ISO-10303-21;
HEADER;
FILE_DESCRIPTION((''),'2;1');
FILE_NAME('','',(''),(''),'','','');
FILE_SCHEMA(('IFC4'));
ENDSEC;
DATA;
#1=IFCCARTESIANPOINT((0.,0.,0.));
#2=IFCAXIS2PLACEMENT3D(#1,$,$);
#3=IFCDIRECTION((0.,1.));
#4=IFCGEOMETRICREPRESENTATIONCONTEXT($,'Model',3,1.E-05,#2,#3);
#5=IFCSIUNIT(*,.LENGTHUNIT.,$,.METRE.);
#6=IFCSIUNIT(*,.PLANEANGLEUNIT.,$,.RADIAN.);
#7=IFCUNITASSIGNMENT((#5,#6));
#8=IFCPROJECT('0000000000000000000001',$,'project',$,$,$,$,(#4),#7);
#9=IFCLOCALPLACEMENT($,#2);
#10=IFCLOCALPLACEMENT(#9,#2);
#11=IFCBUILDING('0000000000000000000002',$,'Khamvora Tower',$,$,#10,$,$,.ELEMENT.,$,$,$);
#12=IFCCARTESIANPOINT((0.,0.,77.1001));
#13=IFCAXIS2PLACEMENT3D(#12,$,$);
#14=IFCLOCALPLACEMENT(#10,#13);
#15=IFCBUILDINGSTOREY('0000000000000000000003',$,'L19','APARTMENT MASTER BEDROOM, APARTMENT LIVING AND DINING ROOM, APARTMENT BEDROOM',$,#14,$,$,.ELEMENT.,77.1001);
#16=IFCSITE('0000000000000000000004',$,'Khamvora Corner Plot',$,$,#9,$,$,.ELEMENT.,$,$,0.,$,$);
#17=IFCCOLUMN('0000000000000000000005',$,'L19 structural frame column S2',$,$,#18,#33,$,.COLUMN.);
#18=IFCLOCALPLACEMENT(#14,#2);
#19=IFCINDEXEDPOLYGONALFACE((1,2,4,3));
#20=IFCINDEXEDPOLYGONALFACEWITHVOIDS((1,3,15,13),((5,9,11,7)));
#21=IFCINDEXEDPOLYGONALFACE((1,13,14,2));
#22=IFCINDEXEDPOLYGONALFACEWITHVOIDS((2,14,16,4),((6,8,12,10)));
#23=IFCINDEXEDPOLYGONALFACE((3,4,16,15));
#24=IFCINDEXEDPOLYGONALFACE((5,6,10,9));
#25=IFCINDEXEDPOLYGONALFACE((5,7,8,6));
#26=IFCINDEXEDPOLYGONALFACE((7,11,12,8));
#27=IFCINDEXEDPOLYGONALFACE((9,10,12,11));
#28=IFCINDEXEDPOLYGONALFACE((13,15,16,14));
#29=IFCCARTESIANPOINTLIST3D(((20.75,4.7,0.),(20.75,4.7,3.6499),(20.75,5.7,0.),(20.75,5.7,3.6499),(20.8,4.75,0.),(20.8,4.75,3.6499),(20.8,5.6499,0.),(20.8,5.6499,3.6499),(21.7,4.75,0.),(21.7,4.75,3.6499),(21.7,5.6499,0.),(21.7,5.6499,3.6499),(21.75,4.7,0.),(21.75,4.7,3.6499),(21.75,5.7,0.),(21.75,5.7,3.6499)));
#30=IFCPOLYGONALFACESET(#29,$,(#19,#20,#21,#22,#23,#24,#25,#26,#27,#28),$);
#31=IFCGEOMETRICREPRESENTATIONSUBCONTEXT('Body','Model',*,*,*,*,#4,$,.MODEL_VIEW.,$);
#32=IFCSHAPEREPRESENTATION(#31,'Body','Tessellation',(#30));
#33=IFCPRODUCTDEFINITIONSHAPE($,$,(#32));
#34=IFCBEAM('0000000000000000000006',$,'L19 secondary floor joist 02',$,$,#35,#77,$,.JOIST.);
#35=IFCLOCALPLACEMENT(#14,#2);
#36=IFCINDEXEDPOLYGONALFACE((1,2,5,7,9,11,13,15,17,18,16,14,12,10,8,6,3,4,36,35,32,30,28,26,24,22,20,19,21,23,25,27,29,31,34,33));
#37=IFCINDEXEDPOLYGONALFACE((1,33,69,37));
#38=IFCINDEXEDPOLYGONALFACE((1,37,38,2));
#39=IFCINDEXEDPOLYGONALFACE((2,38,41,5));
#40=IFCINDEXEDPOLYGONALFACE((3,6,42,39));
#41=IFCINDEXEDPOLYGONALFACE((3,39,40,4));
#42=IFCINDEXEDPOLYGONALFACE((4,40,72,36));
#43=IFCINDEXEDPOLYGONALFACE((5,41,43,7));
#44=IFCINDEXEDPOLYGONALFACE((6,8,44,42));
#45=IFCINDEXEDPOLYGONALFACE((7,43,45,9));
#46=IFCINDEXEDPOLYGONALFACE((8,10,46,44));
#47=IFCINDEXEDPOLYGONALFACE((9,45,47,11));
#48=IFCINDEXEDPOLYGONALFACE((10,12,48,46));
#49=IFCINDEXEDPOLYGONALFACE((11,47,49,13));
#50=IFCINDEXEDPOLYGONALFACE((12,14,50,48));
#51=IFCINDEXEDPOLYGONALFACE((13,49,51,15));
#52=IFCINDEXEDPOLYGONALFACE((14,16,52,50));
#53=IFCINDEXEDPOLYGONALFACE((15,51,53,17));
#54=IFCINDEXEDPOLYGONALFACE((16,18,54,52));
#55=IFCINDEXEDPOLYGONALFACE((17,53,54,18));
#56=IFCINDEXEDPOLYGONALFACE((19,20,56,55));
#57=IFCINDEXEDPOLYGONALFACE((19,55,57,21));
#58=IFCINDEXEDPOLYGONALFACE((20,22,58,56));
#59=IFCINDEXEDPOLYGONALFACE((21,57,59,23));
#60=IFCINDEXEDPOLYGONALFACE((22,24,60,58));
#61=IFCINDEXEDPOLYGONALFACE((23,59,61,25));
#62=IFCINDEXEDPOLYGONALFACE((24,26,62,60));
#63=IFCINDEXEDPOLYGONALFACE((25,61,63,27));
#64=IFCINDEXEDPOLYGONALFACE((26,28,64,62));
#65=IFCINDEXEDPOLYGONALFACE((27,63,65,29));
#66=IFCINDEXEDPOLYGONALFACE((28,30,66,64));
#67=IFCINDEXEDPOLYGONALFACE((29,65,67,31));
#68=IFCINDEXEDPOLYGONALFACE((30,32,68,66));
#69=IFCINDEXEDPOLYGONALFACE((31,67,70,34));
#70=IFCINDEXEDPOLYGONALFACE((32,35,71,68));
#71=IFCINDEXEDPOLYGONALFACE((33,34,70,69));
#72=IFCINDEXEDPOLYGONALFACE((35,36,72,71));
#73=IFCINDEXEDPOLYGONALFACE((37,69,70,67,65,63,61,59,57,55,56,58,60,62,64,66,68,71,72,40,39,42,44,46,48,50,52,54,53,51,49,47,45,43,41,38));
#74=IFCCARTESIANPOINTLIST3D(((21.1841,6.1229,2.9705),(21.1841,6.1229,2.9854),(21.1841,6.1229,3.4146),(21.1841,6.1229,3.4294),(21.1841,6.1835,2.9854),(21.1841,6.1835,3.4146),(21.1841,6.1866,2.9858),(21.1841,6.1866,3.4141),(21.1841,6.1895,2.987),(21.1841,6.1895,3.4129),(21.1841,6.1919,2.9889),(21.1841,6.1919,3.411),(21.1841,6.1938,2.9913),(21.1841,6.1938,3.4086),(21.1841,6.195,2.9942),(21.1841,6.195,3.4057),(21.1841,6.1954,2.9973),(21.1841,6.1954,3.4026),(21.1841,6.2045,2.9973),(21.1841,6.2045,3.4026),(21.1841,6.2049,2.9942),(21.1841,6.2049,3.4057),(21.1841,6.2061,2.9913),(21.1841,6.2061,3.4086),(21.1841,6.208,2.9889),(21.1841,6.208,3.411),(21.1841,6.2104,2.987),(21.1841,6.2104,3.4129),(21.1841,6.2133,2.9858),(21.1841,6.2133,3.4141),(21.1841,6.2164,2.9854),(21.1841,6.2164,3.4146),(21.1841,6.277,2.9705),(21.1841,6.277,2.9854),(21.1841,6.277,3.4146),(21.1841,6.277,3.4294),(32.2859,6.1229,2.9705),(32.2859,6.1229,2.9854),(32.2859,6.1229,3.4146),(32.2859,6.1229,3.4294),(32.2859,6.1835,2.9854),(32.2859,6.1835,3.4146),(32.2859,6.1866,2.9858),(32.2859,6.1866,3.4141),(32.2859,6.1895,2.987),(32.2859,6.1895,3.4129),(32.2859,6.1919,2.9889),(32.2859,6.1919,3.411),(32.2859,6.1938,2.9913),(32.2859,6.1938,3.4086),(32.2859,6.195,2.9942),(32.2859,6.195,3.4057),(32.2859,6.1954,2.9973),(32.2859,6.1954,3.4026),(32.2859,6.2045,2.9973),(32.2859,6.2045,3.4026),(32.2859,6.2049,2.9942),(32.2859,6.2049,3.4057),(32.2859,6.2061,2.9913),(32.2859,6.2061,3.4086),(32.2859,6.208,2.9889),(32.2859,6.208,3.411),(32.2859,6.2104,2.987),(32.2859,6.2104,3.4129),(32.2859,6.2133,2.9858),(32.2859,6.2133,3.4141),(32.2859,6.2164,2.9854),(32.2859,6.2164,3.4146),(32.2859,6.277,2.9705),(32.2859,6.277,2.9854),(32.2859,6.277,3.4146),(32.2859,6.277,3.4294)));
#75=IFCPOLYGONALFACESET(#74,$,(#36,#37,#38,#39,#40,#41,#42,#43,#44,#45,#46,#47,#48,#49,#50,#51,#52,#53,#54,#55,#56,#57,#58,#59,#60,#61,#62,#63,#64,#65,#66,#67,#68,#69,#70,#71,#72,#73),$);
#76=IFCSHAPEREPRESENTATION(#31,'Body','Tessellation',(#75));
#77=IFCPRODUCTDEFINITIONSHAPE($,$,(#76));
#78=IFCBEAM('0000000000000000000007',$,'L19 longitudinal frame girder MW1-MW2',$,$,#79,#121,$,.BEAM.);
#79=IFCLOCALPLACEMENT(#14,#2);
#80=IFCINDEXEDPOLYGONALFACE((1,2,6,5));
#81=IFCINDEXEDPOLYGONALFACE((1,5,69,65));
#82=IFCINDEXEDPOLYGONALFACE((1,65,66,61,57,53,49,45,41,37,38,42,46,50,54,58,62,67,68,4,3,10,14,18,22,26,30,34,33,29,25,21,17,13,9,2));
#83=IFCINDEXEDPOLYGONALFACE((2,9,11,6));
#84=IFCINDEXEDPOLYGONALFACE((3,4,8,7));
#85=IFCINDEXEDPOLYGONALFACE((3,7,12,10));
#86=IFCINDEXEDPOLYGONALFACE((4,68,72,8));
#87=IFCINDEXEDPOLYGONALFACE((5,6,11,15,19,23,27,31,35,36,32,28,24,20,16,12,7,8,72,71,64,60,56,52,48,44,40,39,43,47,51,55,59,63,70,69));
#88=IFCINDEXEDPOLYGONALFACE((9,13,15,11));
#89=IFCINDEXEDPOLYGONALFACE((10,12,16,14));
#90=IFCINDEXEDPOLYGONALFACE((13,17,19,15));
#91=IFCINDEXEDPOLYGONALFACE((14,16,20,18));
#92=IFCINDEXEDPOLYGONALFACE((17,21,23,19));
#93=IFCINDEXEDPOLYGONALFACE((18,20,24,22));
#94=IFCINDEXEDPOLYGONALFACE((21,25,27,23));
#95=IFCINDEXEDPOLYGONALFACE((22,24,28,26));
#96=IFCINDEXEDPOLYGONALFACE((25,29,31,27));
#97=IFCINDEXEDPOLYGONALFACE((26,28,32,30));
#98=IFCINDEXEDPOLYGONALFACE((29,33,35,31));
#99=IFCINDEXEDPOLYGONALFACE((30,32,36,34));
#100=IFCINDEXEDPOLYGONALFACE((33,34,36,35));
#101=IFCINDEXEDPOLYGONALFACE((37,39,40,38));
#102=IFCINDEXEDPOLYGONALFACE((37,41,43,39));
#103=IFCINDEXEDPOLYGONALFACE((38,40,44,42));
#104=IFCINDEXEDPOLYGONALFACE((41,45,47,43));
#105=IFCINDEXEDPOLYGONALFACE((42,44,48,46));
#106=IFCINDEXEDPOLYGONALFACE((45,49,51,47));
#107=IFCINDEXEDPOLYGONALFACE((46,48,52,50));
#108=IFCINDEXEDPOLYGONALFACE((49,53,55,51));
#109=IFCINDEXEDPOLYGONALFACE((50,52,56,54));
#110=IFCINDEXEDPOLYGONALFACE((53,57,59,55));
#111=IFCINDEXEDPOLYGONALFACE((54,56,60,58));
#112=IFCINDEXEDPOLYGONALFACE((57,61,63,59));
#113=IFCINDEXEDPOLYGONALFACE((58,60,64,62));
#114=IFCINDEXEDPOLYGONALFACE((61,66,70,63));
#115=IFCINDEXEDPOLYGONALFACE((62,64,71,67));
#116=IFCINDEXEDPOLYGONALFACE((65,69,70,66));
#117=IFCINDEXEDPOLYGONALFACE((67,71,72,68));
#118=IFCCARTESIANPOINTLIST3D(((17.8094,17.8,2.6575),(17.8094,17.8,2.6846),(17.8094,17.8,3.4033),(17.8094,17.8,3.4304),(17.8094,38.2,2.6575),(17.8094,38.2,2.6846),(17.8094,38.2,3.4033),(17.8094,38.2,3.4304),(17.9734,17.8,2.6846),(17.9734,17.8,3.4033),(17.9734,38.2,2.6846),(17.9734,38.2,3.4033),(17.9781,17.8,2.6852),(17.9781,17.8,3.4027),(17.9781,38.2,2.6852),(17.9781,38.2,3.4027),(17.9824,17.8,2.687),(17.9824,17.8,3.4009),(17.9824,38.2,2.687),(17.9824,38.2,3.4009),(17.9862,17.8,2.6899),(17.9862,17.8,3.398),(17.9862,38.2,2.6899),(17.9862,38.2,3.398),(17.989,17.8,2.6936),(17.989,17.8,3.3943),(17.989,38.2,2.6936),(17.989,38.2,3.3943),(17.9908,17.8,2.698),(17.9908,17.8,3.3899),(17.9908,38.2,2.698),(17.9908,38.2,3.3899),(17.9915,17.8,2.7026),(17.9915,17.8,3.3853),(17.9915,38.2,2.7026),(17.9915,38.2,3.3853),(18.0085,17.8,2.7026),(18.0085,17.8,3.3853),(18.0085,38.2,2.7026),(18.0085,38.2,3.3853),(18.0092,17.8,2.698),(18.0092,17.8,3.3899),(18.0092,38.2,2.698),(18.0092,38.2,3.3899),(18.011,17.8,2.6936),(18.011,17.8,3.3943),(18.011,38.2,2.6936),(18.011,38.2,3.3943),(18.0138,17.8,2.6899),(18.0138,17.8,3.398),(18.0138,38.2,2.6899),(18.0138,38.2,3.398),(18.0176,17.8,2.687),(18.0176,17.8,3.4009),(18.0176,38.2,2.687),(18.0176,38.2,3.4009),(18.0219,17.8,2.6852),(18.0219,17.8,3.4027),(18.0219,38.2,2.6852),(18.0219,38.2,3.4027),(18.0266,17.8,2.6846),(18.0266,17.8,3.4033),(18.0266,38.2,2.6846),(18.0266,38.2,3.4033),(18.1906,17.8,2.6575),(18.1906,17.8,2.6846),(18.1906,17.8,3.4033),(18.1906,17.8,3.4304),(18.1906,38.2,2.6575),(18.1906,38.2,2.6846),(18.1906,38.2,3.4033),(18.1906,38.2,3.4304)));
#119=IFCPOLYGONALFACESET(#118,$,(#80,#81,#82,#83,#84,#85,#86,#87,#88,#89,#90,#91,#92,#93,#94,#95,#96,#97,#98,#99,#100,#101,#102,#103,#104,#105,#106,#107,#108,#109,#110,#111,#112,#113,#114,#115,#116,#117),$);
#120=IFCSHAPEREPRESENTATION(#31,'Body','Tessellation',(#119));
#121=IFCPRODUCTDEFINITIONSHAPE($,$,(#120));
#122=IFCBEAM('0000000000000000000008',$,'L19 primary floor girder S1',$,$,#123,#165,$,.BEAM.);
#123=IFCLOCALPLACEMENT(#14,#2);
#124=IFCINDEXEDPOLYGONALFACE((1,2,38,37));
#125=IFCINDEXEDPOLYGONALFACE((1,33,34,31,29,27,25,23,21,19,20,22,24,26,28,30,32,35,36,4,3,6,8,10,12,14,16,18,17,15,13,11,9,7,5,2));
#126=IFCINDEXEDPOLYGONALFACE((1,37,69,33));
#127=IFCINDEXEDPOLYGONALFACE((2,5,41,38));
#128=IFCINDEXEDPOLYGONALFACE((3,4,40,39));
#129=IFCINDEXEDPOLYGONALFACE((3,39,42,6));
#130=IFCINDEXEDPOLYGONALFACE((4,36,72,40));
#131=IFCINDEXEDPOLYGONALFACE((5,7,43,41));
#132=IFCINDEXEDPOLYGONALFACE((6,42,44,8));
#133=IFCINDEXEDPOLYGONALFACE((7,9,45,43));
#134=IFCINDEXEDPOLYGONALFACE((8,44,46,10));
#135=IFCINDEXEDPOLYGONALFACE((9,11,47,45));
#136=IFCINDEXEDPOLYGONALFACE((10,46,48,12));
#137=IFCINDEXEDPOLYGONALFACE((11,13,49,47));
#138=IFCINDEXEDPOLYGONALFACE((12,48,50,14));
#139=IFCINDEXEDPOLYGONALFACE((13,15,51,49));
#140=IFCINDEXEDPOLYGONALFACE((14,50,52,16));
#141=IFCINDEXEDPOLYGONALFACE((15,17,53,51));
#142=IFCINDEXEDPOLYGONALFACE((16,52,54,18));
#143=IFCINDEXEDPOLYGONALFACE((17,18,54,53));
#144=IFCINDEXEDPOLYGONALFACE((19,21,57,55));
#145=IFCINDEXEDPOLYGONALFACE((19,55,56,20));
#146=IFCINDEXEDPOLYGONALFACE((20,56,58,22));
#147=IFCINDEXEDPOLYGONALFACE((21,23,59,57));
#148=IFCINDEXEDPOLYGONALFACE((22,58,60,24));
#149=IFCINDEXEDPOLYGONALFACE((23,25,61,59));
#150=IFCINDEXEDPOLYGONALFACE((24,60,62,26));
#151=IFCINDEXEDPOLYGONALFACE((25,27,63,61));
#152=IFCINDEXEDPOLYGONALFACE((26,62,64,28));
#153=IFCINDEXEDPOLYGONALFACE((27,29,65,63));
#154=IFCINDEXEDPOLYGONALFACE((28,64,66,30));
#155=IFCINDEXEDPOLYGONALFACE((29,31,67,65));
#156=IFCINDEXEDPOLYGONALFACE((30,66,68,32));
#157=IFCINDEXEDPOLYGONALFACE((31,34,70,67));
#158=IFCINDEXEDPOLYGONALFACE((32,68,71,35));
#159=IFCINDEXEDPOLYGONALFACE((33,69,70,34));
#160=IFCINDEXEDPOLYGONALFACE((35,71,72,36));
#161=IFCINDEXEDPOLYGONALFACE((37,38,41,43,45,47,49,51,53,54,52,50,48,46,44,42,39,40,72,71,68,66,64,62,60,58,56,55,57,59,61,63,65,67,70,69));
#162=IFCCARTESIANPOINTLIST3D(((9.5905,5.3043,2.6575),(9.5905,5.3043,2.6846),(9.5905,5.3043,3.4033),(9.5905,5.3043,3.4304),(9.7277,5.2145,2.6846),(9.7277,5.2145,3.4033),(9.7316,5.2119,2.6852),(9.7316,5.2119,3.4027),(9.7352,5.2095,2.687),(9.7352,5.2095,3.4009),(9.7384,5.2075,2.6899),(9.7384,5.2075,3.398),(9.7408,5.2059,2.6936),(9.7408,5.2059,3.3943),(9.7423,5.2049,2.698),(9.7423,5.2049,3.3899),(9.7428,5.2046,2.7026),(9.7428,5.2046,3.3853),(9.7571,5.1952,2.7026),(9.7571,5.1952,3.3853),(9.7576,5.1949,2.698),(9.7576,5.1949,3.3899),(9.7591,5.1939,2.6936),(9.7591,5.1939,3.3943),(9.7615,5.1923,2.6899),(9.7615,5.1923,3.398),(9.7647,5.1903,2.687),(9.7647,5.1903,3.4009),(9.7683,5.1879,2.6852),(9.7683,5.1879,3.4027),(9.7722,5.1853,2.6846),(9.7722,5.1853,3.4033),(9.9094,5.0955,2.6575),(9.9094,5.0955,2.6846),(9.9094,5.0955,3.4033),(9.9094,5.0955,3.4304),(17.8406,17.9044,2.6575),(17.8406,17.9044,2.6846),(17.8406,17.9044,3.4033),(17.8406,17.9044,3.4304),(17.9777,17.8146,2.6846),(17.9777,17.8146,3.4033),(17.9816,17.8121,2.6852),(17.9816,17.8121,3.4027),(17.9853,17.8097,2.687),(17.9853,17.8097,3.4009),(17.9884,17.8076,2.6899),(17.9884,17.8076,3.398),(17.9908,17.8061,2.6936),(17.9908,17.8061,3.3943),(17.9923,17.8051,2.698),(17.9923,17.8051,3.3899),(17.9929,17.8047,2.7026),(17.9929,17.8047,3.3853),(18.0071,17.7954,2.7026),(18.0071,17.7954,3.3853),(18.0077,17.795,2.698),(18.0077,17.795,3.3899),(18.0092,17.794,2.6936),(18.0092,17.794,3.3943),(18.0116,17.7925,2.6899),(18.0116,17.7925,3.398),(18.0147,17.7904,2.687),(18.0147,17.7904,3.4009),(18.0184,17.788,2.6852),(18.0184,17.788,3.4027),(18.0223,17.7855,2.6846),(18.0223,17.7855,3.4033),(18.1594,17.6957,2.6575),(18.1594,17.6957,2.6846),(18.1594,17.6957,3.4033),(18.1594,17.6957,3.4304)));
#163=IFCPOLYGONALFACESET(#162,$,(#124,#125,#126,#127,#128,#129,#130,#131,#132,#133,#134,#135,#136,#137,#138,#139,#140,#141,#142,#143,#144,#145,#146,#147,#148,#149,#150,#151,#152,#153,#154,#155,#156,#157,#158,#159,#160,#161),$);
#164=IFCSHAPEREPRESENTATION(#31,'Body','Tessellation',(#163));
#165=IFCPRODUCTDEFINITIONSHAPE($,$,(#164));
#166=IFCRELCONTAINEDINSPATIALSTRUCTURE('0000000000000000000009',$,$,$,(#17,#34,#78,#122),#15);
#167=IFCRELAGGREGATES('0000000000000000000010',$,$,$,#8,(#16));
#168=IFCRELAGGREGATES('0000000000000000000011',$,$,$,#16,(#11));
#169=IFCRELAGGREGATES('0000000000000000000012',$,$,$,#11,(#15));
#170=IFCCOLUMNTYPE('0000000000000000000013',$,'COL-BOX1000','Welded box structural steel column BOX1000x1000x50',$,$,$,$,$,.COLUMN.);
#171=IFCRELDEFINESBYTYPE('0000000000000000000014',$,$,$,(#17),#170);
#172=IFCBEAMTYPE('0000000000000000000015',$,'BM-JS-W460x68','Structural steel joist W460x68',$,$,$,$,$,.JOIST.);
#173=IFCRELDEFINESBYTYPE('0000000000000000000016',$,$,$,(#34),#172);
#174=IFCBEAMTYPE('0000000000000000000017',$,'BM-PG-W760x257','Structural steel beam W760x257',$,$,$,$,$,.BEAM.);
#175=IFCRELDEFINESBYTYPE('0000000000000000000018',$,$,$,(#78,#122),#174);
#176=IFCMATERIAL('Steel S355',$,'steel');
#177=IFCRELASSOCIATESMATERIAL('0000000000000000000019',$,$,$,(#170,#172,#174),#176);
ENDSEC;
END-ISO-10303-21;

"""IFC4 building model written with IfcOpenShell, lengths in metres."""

from ifc_helpers import new_model, si_unit, direction, frame, origin, origin_2d, place, context, subcontext, project, spatial, hollow_rectangle, i_section, extrude, material, material_profile, profile_set, type_object, element, save


model = new_model("IFC4")

# Units and contexts
model_context = context("Model", 3, precision=1e-05, world=origin(), true_north=direction((0.0, 1.0)))
body_context = subcontext(model_context, "Body", "Model", "MODEL_VIEW")
ifc_project = project(units=[si_unit("LENGTHUNIT", "METRE"), si_unit("PLANEANGLEUNIT", "RADIAN")], contexts=[model_context])

# Site, building, storey
site_placement = place(None, origin())
site = spatial("IfcSite", under=ifc_project, at=site_placement, Name="Khamvora Corner Plot", CompositionType="ELEMENT", RefElevation=0.0)
building_placement = place(site_placement, origin())
building = spatial("IfcBuilding", under=site, at=building_placement, Name="Khamvora Tower", CompositionType="ELEMENT")
storey_placement = place(building_placement, frame((0.0, 0.0, 77.1001)))
storey = spatial("IfcBuildingStorey", under=building, at=storey_placement, Name="L19", Description="APARTMENT MASTER BEDROOM, APARTMENT LIVING AND DINING ROOM, APARTMENT BEDROOM", CompositionType="ELEMENT", Elevation=77.1001)

# Column
ifc_material_1 = material(Name="Steel S355", Category="steel")
ifc_material_profile_1 = material_profile(ifc_material_1, hollow_rectangle(XDim=1.0, YDim=1.0, WallThickness=0.05, at=origin_2d()), Name="BOX1000x1000x50")
ifc_profile_set_1 = profile_set([ifc_material_profile_1], Name="Steel S355")
column_type = type_object("IfcColumnType", Name="COL-BOX1000", Description="Welded box structural steel column BOX1000x1000x50", PredefinedType="COLUMN", material=ifc_profile_set_1)
column_placement = place(storey_placement, frame((21.25, 5.2, 0.0), z_axis=(0.0, 0.0, 1.0), x_axis=(1.0, 0.0, 0.0)))
element("IfcColumn", 1, at=column_placement, inside=storey, type_object=column_type, Name="L19 structural frame column S2", PredefinedType="COLUMN", context=body_context, shape_type="SweptSolid", body=[
    extrude(hollow_rectangle(XDim=1.0, YDim=1.0, WallThickness=0.05, at=origin_2d()), origin(), (0.0, 0.0, 1.0), 3.6499),
])

# Beams
ifc_material_profile_2 = material_profile(ifc_material_1, i_section(OverallWidth=0.1541, OverallDepth=0.459, WebThickness=0.009, FlangeThickness=0.0149, FilletRadius=0.012, at=origin_2d()), Name="W460x68")
ifc_profile_set_2 = profile_set([ifc_material_profile_2], Name="Steel S355")
beam_type_1 = type_object("IfcBeamType", Name="BM-JS-W460x68", Description="Structural steel joist W460x68", PredefinedType="JOIST", material=ifc_profile_set_2)
beam_1_placement = place(storey_placement, frame((21.1841, 6.2, 3.2), z_axis=(1.0, 0.0, 0.0), x_axis=(0.0, 1.0, 0.0)))
element("IfcBeam", 2, at=beam_1_placement, inside=storey, type_object=beam_type_1, Name="L19 secondary floor joist 02", PredefinedType="JOIST", context=body_context, shape_type="SweptSolid", body=[
    extrude(i_section(OverallWidth=0.1541, OverallDepth=0.459, WebThickness=0.009, FlangeThickness=0.0149, FilletRadius=0.012, at=origin_2d()), origin(), (0.0, 0.0, 1.0), 11.1018),
])
ifc_material_profile_3 = material_profile(ifc_material_1, i_section(OverallWidth=0.3811, OverallDepth=0.7729, WebThickness=0.0171, FlangeThickness=0.0271, FilletRadius=0.0181, at=origin_2d()), Name="W760x257")
ifc_profile_set_3 = profile_set([ifc_material_profile_3], Name="Steel S355")
beam_type_2 = type_object("IfcBeamType", Name="BM-PG-W760x257", Description="Structural steel beam W760x257", PredefinedType="BEAM", material=ifc_profile_set_3)
beam_2_placement = place(storey_placement, frame((18.0, 17.8, 3.0439), z_axis=(0.0, 1.0, 0.0), x_axis=(-1.0, 0.0, 0.0)))
element("IfcBeam", 3, at=beam_2_placement, inside=storey, type_object=beam_type_2, Name="L19 longitudinal frame girder MW1-MW2", PredefinedType="BEAM", context=body_context, shape_type="SweptSolid", body=[
    extrude(i_section(OverallWidth=0.3811, OverallDepth=0.7729, WebThickness=0.0171, FlangeThickness=0.0271, FilletRadius=0.0181, at=origin_2d()), origin(), (0.0, 0.0, 1.0), 20.3999),
])
beam_3_placement = place(storey_placement, frame((18.0, 17.8, 3.0439), z_axis=(-0.547783, -0.83662, 0.0), x_axis=(0.83662, -0.547783, 0.0)))
element("IfcBeam", 4, at=beam_3_placement, inside=storey, type_object=beam_type_2, Name="L19 primary floor girder S1", PredefinedType="BEAM", context=body_context, shape_type="SweptSolid", body=[
    extrude(i_section(OverallWidth=0.3811, OverallDepth=0.7729, WebThickness=0.0171, FlangeThickness=0.0271, FilletRadius=0.0181, at=origin_2d()), origin(), (0.0, 0.0, 1.0), 15.0608),
])

save(model, "model.ifc")
